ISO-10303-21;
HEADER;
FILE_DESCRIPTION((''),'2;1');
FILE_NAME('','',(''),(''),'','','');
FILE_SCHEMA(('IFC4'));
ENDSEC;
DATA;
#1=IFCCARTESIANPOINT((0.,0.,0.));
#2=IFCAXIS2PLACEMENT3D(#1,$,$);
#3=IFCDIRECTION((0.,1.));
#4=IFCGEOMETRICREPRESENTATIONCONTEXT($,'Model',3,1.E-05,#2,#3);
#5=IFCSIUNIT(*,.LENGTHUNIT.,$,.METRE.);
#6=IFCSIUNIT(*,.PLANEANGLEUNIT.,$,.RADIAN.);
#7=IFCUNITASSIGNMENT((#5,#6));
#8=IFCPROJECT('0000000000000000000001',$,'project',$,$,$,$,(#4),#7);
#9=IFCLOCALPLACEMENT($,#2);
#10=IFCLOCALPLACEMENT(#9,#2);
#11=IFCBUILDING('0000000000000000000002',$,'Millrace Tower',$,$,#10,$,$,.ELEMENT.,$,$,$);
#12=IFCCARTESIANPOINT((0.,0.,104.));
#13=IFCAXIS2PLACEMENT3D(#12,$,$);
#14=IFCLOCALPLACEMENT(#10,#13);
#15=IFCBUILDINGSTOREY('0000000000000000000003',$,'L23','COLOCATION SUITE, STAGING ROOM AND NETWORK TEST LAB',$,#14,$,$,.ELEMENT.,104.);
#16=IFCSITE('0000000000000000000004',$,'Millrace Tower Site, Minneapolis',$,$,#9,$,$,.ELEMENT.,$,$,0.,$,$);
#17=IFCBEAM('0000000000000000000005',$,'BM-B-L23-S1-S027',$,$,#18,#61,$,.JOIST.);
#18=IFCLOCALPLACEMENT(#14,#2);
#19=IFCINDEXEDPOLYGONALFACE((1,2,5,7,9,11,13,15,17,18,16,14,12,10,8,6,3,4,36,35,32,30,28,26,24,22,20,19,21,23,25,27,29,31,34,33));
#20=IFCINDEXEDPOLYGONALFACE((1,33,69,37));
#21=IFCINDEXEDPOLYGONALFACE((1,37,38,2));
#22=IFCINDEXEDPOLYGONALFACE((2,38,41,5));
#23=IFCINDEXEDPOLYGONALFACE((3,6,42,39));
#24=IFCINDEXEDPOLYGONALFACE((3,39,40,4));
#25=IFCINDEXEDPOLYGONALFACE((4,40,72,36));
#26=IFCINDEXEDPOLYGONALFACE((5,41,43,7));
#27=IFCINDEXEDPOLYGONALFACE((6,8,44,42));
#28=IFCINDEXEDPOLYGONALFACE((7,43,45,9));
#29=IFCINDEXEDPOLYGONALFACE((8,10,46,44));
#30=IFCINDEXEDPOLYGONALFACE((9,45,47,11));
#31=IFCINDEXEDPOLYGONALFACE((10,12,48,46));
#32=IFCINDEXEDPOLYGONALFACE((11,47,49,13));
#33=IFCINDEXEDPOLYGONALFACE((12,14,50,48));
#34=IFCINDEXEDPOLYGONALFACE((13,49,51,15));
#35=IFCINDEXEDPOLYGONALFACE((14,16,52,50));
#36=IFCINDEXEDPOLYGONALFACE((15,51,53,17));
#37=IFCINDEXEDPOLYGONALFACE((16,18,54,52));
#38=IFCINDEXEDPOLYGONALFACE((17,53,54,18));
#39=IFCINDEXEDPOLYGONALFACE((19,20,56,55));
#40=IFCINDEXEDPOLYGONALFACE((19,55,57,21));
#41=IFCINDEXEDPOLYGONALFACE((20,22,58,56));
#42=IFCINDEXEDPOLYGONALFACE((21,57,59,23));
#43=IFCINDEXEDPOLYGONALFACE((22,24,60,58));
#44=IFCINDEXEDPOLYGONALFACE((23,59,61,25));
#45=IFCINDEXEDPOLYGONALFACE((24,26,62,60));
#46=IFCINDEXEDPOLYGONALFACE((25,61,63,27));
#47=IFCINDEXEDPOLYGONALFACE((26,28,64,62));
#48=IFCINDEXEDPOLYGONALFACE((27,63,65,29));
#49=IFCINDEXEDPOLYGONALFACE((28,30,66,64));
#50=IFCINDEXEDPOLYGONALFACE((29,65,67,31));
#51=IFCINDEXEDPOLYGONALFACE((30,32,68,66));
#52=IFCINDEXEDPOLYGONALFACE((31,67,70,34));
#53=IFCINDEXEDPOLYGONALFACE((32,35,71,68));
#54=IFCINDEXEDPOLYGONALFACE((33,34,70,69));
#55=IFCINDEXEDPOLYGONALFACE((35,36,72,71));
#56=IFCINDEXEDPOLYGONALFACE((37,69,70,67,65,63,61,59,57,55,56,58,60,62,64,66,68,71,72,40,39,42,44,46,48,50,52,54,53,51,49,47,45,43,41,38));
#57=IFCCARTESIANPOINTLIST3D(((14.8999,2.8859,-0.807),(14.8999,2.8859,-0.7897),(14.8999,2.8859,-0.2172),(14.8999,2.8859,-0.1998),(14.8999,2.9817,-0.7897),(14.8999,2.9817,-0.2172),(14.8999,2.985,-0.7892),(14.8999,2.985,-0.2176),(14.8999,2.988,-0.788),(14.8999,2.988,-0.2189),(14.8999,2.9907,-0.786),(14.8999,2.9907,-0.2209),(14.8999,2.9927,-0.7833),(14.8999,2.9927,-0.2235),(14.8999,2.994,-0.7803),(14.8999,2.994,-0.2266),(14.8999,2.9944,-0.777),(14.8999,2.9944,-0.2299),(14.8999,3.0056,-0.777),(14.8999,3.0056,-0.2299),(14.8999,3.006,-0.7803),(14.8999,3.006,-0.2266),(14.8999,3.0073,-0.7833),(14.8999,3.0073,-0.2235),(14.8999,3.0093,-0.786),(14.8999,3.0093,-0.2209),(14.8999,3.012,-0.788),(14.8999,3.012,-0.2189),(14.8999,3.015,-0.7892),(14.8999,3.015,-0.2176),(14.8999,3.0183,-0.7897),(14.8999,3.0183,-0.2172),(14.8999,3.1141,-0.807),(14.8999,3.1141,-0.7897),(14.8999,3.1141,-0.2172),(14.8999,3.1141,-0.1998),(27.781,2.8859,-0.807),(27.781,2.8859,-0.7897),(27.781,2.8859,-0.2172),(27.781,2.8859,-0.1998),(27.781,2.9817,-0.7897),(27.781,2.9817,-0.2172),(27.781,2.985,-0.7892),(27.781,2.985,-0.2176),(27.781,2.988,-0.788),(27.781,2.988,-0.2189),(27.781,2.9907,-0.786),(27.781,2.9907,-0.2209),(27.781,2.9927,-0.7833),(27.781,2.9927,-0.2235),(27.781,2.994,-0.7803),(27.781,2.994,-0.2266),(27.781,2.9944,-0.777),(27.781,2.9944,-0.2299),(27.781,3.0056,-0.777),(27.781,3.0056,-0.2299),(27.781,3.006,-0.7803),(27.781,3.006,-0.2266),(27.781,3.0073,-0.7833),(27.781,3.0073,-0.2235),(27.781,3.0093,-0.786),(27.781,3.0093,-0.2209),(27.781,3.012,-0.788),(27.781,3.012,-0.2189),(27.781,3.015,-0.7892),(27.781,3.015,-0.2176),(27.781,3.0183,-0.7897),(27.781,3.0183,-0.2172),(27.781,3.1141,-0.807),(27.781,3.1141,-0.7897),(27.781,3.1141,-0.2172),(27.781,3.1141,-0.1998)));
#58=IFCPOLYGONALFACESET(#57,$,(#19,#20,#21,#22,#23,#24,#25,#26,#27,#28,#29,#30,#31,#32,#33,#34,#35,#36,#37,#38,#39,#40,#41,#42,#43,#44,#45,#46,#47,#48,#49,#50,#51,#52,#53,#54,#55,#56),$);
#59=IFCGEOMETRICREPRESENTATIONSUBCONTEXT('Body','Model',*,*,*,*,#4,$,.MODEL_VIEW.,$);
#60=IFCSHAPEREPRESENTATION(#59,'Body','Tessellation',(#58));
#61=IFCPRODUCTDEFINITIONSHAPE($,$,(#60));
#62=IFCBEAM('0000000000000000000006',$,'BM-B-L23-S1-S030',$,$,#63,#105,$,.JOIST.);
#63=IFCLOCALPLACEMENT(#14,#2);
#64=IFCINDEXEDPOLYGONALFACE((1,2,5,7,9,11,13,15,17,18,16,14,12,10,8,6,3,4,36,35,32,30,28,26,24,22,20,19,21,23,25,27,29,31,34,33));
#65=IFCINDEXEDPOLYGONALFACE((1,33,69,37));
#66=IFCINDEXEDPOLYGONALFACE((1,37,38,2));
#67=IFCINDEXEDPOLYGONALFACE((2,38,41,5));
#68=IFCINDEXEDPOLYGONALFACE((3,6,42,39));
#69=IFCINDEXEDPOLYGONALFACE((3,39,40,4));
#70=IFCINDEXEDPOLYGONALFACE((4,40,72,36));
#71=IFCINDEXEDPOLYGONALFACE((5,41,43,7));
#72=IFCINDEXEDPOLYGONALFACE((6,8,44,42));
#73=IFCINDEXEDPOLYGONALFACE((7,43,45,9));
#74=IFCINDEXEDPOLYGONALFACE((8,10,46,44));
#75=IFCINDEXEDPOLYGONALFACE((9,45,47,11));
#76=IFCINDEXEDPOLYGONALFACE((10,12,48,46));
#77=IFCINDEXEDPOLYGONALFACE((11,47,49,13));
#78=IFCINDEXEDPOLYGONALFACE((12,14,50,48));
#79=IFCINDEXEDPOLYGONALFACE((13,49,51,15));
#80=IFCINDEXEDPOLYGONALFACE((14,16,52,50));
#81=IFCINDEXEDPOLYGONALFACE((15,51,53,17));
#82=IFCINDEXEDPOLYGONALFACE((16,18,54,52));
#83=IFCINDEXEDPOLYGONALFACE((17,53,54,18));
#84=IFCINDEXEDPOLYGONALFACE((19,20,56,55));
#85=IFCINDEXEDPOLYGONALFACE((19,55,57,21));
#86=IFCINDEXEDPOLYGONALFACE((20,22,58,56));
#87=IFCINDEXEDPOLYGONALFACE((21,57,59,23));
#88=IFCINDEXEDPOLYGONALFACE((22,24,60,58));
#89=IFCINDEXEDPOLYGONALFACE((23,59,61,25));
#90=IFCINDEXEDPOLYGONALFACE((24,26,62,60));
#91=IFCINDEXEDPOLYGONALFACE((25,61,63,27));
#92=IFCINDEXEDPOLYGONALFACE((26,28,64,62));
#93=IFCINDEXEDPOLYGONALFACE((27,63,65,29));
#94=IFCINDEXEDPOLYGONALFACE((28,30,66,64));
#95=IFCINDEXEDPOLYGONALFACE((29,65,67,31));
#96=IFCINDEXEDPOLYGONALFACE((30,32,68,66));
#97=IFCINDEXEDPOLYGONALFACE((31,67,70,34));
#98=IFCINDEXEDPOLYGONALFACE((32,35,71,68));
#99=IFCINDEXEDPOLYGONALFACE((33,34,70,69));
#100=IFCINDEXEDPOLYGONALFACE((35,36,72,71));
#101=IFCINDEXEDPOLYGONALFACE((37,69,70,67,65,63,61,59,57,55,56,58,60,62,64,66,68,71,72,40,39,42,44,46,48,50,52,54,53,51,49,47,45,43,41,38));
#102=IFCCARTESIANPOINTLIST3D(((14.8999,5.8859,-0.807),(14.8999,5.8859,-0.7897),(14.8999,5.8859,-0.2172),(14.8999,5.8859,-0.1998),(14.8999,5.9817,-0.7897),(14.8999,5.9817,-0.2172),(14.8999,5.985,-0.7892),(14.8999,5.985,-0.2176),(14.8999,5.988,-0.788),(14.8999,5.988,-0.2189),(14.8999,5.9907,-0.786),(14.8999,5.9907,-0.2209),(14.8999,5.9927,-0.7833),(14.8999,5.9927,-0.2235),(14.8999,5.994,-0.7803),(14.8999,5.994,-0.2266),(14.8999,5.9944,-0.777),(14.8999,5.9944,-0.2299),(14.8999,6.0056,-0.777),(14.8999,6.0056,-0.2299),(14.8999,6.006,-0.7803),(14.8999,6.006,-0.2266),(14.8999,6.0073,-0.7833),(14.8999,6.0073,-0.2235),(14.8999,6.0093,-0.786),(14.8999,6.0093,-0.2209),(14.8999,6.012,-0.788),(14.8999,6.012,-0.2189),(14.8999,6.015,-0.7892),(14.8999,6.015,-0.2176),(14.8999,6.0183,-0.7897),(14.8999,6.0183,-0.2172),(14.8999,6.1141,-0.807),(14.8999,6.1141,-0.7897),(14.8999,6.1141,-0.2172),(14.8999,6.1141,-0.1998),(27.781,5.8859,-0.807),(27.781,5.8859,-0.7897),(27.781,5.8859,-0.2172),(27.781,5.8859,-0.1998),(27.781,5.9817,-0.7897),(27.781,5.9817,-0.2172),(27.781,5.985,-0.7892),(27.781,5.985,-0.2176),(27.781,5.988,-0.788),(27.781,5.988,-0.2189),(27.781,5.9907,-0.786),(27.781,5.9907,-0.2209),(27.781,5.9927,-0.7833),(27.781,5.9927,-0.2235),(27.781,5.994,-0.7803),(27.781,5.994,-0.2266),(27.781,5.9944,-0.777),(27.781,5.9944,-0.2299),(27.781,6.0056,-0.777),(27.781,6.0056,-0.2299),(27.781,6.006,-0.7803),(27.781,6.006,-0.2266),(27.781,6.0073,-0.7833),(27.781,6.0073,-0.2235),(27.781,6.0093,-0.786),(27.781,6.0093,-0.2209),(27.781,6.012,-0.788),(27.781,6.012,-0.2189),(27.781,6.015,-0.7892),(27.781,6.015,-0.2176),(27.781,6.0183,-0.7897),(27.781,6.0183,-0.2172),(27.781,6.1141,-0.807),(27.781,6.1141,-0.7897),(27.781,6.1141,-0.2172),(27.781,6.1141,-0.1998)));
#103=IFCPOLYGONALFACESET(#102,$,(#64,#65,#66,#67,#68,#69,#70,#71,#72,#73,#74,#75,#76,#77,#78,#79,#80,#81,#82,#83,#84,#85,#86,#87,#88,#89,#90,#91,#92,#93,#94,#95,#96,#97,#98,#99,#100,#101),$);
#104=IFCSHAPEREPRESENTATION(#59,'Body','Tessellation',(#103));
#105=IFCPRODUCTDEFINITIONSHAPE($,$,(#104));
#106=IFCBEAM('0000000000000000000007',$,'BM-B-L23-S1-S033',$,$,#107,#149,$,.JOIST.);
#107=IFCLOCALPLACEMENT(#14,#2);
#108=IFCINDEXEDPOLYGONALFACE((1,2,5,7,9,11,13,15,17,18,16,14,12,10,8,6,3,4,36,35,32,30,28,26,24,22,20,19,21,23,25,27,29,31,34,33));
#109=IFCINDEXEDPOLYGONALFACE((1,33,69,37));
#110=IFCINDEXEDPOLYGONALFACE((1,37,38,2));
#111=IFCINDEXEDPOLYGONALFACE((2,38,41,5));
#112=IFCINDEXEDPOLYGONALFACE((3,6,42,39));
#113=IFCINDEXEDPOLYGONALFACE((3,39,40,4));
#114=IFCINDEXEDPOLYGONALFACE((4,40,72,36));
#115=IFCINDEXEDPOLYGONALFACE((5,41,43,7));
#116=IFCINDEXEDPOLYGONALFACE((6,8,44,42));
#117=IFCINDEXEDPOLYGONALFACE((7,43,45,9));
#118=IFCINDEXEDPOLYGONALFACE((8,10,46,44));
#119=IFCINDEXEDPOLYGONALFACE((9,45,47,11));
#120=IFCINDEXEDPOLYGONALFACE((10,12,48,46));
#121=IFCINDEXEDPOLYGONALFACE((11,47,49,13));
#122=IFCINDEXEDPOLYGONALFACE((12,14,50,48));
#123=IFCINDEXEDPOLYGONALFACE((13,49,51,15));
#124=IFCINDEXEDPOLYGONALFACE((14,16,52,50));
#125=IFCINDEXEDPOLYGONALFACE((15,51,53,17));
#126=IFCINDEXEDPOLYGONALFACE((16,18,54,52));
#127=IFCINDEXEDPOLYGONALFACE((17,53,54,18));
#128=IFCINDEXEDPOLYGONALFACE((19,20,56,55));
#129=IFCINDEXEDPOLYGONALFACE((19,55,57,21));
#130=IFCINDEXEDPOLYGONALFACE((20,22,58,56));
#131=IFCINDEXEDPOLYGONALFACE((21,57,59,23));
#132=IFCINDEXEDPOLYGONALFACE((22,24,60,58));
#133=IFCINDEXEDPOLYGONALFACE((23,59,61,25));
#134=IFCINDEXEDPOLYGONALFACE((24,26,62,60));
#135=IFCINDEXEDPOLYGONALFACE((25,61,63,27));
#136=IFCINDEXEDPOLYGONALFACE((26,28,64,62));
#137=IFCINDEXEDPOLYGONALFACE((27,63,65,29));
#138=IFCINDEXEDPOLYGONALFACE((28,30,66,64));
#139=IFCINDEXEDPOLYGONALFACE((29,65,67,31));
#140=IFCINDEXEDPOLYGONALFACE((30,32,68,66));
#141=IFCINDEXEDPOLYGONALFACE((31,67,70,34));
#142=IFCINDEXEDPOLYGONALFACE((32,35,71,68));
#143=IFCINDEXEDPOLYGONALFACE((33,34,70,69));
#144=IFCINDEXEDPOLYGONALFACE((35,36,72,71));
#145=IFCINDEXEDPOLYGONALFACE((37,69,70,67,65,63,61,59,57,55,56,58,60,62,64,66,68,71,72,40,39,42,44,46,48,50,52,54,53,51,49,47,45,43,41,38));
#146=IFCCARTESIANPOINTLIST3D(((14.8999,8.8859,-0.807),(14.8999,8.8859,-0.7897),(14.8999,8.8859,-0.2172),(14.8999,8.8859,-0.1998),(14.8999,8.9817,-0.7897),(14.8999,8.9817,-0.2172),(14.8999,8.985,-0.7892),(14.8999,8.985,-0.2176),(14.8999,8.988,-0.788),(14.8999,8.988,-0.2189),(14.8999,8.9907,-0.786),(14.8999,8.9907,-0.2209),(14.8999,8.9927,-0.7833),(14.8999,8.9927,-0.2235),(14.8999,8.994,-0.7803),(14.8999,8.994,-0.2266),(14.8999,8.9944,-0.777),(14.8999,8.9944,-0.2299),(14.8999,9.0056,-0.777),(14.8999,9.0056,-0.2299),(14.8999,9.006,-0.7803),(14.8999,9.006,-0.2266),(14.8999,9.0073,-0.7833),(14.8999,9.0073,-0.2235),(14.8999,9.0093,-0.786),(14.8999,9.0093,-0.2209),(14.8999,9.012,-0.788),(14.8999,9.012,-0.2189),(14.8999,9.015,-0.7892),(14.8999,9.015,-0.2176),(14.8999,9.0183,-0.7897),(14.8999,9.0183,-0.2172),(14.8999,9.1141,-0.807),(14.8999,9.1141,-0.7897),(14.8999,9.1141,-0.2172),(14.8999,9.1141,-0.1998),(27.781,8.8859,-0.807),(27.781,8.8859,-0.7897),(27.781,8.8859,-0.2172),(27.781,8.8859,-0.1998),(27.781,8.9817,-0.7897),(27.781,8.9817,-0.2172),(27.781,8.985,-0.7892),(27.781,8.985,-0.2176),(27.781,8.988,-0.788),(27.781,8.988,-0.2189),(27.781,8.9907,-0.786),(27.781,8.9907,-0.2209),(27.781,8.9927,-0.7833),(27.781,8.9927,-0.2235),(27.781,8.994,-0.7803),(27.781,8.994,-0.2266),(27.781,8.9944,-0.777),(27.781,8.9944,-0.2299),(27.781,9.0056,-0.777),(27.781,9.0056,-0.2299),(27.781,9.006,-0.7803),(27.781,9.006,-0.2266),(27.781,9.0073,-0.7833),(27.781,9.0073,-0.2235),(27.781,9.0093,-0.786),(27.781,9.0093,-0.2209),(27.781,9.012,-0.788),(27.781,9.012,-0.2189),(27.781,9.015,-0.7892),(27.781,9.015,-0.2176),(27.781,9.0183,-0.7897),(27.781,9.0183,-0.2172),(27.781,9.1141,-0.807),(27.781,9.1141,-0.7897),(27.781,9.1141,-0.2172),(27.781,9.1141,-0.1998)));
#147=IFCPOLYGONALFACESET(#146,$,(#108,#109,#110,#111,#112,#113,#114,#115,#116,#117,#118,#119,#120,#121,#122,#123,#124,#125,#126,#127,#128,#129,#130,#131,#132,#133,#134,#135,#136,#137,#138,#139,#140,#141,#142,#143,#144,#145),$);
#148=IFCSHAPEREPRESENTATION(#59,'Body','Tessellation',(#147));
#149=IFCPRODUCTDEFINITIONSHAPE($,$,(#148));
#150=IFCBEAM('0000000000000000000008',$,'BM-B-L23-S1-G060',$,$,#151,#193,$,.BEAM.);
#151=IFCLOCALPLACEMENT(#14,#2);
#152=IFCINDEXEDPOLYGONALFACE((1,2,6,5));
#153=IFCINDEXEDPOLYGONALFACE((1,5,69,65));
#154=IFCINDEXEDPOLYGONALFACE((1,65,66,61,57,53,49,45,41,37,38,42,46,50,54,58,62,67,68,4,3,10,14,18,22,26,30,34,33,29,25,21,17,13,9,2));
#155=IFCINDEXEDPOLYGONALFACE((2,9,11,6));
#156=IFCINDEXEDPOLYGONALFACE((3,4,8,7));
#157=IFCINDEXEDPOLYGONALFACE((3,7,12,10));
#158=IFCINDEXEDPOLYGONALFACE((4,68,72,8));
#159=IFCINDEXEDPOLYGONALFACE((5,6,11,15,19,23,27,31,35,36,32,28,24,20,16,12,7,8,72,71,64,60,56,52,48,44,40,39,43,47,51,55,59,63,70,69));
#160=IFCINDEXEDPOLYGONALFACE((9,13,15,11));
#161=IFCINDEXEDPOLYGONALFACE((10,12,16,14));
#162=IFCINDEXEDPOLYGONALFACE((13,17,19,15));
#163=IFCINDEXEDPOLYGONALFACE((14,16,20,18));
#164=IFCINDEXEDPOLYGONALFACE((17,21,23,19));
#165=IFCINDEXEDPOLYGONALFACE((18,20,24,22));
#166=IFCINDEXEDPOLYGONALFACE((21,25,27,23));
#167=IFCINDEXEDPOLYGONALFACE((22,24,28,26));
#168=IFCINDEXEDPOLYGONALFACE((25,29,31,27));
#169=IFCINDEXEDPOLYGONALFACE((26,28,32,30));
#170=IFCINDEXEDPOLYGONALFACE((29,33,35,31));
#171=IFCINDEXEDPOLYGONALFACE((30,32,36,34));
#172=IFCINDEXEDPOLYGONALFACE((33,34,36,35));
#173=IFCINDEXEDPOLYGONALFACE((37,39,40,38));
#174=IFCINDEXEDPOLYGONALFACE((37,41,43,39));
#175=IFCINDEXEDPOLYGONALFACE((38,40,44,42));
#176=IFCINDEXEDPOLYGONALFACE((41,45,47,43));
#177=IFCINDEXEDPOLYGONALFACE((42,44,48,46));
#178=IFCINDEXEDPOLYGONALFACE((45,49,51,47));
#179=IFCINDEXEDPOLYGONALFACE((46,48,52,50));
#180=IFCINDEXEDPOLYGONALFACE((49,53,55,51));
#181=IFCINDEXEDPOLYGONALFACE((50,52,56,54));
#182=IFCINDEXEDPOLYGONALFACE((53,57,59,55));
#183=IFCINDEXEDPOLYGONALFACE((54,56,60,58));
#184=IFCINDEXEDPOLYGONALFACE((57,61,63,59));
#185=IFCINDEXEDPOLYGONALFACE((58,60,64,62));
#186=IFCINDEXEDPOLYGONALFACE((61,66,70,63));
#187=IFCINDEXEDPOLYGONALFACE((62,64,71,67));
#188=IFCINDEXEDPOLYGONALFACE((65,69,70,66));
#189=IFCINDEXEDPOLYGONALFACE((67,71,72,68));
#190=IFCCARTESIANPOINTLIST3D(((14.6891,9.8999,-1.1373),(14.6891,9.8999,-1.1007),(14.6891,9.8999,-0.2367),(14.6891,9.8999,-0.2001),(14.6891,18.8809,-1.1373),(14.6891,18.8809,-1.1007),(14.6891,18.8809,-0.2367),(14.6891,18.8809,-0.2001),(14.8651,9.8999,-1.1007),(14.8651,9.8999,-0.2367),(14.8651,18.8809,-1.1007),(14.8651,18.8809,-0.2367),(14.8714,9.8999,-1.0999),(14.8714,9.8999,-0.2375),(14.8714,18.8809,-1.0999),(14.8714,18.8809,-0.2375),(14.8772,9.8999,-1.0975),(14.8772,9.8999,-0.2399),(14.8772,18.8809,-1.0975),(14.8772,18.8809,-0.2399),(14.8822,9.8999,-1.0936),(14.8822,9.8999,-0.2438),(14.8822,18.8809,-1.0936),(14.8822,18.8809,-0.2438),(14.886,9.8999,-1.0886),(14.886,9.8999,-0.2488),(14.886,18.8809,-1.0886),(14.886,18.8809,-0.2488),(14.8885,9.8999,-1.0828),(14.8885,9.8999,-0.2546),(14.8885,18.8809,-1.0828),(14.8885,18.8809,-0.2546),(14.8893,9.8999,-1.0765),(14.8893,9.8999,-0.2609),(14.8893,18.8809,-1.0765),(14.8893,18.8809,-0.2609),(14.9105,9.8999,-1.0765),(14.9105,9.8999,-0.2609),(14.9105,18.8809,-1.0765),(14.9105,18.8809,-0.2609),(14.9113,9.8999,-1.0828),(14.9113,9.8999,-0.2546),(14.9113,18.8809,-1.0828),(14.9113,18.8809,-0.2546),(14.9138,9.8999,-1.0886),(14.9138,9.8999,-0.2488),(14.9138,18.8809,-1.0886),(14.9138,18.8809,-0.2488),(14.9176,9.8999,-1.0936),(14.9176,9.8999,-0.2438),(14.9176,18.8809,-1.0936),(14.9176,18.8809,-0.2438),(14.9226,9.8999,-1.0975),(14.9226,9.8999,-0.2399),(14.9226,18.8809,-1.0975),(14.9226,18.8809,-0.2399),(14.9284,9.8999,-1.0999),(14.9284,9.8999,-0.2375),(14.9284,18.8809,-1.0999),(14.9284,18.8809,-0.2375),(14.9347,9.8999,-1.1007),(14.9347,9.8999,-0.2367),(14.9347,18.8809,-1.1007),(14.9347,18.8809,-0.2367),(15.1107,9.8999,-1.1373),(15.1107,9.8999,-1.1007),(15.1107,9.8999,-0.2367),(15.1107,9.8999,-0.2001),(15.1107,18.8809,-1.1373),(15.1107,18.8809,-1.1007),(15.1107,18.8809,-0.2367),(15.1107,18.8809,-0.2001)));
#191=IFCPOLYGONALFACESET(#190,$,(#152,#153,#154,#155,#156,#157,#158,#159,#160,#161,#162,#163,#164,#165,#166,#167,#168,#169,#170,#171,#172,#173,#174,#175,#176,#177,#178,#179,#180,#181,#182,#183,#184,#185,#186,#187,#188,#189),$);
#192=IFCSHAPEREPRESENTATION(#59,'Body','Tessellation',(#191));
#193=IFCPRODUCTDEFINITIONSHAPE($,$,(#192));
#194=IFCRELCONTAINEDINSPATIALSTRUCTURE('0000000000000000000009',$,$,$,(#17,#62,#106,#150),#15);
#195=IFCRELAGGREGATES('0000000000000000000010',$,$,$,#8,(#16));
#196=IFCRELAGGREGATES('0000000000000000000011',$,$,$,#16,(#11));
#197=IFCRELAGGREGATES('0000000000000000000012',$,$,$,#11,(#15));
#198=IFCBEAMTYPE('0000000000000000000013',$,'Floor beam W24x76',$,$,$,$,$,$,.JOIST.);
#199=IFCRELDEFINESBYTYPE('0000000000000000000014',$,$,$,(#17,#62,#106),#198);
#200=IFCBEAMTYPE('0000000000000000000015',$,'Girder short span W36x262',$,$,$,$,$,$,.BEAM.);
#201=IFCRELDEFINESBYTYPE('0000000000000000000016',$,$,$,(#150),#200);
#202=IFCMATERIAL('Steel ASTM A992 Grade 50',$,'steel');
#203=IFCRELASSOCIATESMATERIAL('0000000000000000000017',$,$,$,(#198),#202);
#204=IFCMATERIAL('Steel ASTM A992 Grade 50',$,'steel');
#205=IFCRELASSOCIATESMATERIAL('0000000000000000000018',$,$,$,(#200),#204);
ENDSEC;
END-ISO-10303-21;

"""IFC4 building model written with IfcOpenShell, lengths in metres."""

from ifc_helpers import new_model, si_unit, direction, frame, origin, origin_2d, place, context, subcontext, project, spatial, i_section, extrude, material, material_profile, profile_set, type_object, element, save


model = new_model("IFC4")

# Units and contexts
model_context = context("Model", 3, precision=1e-05, world=origin(), true_north=direction((0.0, 1.0)))
body_context = subcontext(model_context, "Body", "Model", "MODEL_VIEW")
ifc_project = project(units=[si_unit("LENGTHUNIT", "METRE"), si_unit("PLANEANGLEUNIT", "RADIAN")], contexts=[model_context])

# Site, building, storey
site_placement = place(None, origin())
site = spatial("IfcSite", under=ifc_project, at=site_placement, Name="Millrace Tower Site, Minneapolis", CompositionType="ELEMENT", RefElevation=0.0)
building_placement = place(site_placement, origin())
building = spatial("IfcBuilding", under=site, at=building_placement, Name="Millrace Tower", CompositionType="ELEMENT")
storey_placement = place(building_placement, frame((0.0, 0.0, 104.0)))
storey = spatial("IfcBuildingStorey", under=building, at=storey_placement, Name="L23", Description="COLOCATION SUITE, STAGING ROOM AND NETWORK TEST LAB", CompositionType="ELEMENT", Elevation=104.0)

# Beams
ifc_material_1 = material(Name="Steel ASTM A992 Grade 50", Category="steel")
ifc_material_profile_1 = material_profile(ifc_material_1, i_section(OverallWidth=0.2283, OverallDepth=0.6072, WebThickness=0.0112, FlangeThickness=0.0173, FilletRadius=0.0127, at=origin_2d()))
ifc_profile_set_1 = profile_set([ifc_material_profile_1], Name="Steel ASTM A992 Grade 50")
beam_type_1 = type_object("IfcBeamType", Name="Floor beam W24x76", PredefinedType="JOIST", material=ifc_profile_set_1)
for number, where, z_axis, x_axis, name in (
    (1, (14.8999, 3.0, -0.5034), (1.0, 0.0, 0.0), (0.0, 1.0, 0.0), "BM-B-L23-S1-S027"),
    (2, (14.8999, 6.0, -0.5034), (1.0, 0.0, 0.0), (0.0, 1.0, 0.0), "BM-B-L23-S1-S030"),
    (3, (14.8999, 9.0, -0.5034), (1.0, 0.0, 0.0), (0.0, 1.0, 0.0), "BM-B-L23-S1-S033"),
):
    element("IfcBeam", number, at=place(storey_placement, frame(where, z_axis=z_axis, x_axis=x_axis)), inside=storey, type_object=beam_type_1, Name=name, PredefinedType="JOIST", context=body_context, shape_type="SweptSolid", body=[
        extrude(i_section(OverallWidth=0.2283, OverallDepth=0.6072, WebThickness=0.0112, FlangeThickness=0.0173, FilletRadius=0.0127, at=origin_2d()), origin(), (0.0, 0.0, 1.0), 12.8811),
    ])
ifc_material_2 = material(Name="Steel ASTM A992 Grade 50", Category="steel")
ifc_material_profile_2 = material_profile(ifc_material_2, i_section(OverallWidth=0.4216, OverallDepth=0.9373, WebThickness=0.0212, FlangeThickness=0.0366, FilletRadius=0.0242, at=origin_2d()))
ifc_profile_set_2 = profile_set([ifc_material_profile_2], Name="Steel ASTM A992 Grade 50")
beam_type_2 = type_object("IfcBeamType", Name="Girder short span W36x262", PredefinedType="BEAM", material=ifc_profile_set_2)
beam_1_placement = place(storey_placement, frame((14.8999, 9.8999, -0.6687), z_axis=(0.0, 1.0, 0.0), x_axis=(-1.0, 0.0, 0.0)))
element("IfcBeam", 4, at=beam_1_placement, inside=storey, type_object=beam_type_2, Name="BM-B-L23-S1-G060", PredefinedType="BEAM", context=body_context, shape_type="SweptSolid", body=[
    extrude(i_section(OverallWidth=0.4216, OverallDepth=0.9373, WebThickness=0.0212, FlangeThickness=0.0366, FilletRadius=0.0242, at=origin_2d()), origin(), (0.0, 0.0, 1.0), 8.981),
])

save(model, "model.ifc")
